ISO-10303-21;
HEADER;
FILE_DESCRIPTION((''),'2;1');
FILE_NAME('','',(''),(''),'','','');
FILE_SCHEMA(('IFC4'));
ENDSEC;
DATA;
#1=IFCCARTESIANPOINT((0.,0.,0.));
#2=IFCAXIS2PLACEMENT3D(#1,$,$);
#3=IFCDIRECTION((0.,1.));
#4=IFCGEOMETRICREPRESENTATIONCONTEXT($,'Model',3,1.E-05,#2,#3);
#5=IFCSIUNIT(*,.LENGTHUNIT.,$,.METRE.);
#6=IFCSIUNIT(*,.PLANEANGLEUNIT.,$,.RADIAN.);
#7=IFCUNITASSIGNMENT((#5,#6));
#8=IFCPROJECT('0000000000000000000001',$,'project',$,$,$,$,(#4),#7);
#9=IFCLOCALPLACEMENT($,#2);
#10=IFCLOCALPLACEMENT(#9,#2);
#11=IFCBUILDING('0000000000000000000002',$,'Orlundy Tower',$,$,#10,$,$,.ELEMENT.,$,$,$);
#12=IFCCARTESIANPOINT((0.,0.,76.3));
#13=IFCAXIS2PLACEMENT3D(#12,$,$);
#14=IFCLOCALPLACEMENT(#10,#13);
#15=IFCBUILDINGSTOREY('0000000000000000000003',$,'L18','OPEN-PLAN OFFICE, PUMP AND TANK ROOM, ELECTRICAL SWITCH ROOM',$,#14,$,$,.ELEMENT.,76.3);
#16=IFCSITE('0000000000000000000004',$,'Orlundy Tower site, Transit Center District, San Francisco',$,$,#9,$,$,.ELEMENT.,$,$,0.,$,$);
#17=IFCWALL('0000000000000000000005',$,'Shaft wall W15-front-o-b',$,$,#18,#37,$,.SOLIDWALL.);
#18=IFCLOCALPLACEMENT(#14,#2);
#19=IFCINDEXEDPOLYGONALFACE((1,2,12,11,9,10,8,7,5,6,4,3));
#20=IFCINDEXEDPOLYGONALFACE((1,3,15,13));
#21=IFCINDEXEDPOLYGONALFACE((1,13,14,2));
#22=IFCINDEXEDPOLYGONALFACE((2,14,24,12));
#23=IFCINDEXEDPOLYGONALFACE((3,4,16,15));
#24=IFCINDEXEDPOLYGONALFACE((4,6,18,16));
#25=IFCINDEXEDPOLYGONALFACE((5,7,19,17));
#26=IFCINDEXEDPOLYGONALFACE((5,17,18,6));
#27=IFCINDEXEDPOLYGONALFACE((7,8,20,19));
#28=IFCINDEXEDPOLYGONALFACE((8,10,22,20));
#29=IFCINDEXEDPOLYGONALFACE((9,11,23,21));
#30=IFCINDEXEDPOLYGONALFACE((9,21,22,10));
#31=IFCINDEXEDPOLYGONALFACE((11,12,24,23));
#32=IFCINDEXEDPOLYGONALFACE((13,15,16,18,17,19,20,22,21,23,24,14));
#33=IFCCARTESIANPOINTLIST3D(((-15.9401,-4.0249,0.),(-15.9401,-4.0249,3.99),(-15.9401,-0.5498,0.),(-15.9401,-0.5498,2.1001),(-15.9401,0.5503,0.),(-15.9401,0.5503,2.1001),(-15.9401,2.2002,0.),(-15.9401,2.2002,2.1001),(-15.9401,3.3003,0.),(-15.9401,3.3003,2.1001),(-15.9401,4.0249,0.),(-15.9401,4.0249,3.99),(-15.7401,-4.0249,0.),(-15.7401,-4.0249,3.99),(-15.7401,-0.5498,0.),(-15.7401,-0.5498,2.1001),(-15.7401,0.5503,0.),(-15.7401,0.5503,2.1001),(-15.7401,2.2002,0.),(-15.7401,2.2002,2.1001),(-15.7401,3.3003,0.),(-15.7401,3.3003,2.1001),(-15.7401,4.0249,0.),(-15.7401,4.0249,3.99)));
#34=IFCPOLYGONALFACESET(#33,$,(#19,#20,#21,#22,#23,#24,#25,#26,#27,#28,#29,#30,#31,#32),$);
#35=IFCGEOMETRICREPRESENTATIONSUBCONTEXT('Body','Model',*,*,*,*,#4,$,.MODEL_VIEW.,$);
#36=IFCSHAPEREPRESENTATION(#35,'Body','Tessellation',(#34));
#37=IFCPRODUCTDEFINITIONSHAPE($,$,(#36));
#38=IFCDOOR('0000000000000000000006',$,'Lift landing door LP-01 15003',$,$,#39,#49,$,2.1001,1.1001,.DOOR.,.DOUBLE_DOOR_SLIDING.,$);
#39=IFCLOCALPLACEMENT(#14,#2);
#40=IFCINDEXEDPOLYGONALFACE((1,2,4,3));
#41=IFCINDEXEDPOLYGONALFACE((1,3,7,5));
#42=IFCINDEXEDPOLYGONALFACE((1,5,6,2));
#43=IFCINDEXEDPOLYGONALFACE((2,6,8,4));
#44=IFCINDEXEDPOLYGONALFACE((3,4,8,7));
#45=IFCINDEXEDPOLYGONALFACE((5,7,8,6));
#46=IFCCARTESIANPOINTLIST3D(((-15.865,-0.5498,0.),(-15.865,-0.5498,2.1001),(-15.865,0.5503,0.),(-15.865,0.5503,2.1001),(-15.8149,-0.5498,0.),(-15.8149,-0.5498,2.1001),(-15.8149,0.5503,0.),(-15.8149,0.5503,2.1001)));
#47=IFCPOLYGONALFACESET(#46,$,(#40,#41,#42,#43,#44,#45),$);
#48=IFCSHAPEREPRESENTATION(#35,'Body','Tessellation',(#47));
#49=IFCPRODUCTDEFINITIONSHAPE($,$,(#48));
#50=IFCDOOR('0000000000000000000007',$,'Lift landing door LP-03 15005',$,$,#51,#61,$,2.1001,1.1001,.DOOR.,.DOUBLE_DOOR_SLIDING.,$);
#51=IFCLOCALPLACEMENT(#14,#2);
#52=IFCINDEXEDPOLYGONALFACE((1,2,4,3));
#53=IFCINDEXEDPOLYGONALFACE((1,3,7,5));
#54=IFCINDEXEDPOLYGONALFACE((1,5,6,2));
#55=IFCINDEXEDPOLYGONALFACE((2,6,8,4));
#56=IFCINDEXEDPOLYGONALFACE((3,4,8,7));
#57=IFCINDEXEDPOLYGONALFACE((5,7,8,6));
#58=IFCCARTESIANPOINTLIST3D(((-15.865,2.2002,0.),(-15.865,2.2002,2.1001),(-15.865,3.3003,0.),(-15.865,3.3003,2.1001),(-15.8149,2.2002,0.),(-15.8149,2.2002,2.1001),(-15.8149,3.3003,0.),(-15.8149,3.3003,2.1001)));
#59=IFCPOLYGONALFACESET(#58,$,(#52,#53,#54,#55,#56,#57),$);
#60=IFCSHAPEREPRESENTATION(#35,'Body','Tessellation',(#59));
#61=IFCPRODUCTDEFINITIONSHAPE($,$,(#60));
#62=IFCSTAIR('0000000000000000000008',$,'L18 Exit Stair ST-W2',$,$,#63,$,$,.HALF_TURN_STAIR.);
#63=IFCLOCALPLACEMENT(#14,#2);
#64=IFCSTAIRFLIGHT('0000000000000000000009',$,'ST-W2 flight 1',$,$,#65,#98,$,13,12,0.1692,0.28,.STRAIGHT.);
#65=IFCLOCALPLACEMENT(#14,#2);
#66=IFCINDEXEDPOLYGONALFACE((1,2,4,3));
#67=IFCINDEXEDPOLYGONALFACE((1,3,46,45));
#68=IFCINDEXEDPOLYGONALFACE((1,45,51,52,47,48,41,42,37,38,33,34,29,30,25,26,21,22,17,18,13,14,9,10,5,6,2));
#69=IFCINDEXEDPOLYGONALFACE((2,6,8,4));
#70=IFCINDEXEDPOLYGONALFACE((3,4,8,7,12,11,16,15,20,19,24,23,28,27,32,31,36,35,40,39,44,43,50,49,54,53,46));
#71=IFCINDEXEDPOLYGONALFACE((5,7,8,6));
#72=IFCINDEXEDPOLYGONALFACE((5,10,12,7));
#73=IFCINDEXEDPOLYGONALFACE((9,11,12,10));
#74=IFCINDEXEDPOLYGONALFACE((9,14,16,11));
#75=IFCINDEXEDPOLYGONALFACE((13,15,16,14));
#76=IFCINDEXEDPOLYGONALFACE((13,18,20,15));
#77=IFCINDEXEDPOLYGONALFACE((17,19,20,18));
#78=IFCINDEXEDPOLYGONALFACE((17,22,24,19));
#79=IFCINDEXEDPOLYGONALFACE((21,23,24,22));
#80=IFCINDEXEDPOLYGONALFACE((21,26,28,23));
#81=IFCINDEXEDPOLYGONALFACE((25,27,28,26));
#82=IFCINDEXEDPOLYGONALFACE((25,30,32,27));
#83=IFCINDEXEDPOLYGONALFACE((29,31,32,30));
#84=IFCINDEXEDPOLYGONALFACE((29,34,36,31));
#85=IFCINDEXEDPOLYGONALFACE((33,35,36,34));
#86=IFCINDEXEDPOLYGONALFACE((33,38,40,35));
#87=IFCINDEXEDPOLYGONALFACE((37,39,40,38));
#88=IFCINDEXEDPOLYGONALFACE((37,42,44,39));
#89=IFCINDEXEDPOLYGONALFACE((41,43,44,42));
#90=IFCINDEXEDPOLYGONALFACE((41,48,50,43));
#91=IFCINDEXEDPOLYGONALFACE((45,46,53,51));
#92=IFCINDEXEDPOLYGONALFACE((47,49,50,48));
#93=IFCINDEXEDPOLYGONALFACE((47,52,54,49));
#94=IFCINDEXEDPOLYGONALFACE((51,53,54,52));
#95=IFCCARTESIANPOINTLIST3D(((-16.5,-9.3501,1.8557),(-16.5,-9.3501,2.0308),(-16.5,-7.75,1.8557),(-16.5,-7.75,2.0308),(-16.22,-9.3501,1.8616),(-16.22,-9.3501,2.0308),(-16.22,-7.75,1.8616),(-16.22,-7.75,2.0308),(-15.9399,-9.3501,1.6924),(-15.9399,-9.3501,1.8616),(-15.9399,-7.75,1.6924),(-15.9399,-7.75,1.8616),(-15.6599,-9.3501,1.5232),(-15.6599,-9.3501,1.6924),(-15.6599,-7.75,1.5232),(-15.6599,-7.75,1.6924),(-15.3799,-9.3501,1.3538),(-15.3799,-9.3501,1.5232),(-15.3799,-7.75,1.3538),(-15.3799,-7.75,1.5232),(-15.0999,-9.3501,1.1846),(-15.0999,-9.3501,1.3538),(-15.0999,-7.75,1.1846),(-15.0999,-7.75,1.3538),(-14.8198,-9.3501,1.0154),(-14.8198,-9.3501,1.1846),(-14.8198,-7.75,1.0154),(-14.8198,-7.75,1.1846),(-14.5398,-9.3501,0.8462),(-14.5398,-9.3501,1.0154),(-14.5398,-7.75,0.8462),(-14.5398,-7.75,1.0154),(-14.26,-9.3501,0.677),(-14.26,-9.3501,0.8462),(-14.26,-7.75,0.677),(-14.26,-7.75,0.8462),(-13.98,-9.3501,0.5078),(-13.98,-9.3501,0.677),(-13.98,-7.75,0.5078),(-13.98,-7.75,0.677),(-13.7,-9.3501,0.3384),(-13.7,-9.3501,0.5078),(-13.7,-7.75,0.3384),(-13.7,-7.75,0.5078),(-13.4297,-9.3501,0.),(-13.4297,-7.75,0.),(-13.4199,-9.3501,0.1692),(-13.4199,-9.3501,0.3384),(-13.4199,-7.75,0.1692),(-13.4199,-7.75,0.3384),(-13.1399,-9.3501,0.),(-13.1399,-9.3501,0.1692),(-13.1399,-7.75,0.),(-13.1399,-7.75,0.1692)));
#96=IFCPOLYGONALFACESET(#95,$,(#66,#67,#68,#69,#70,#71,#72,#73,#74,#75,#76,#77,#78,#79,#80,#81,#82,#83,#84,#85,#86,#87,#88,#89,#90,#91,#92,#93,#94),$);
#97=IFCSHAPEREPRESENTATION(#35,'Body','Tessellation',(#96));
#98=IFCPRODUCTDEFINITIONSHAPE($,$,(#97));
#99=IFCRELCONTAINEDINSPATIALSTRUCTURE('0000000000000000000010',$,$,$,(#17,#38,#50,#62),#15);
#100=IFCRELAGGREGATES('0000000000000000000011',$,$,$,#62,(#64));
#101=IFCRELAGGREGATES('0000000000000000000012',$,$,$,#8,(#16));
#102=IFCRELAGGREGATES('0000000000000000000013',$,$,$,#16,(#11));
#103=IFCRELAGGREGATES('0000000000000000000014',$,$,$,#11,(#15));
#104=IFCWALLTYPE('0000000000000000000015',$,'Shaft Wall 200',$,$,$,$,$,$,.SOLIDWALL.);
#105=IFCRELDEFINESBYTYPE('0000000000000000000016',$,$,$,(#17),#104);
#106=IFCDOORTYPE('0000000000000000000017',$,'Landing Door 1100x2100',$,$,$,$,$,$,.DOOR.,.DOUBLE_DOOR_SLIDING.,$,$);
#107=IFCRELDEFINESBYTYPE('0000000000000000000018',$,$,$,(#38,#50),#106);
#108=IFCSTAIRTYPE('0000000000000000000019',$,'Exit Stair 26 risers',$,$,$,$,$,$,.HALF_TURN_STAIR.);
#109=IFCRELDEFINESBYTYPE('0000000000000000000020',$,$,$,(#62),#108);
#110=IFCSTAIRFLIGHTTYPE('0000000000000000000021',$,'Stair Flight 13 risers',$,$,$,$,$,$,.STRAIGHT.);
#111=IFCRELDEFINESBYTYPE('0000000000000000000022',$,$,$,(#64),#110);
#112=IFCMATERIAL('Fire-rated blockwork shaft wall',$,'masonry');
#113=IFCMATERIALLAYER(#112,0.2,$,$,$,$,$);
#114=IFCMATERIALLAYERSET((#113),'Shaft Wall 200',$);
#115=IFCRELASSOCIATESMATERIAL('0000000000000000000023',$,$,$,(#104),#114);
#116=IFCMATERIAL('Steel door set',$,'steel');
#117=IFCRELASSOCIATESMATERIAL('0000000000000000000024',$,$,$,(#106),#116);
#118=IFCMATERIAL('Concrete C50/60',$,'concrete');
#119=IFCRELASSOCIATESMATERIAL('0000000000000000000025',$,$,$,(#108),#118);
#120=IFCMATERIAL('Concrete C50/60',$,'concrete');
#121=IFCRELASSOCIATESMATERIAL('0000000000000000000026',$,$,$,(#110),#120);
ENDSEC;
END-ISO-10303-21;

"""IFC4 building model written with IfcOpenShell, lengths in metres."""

from ifc_helpers import new_model, si_unit, direction, frame, frame_2d, origin, place, context, subcontext, project, spatial, polyline, rectangle, outline, extrude, material, layer, layer_set, type_object, element, fill, aggregate, save


model = new_model("IFC4")

# Units and contexts
model_context = context("Model", 3, precision=1e-05, world=origin(), true_north=direction((0.0, 1.0)))
body_context = subcontext(model_context, "Body", "Model", "MODEL_VIEW")
ifc_project = project(units=[si_unit("LENGTHUNIT", "METRE"), si_unit("PLANEANGLEUNIT", "RADIAN")], contexts=[model_context])

# Site, building, storey
site_placement = place(None, origin())
site = spatial("IfcSite", under=ifc_project, at=site_placement, Name="Orlundy Tower site, Transit Center District, San Francisco", CompositionType="ELEMENT", RefElevation=0.0)
building_placement = place(site_placement, origin())
building = spatial("IfcBuilding", under=site, at=building_placement, Name="Orlundy Tower", CompositionType="ELEMENT")
storey_placement = place(building_placement, frame((0.0, 0.0, 76.3)))
storey = spatial("IfcBuildingStorey", under=building, at=storey_placement, Name="L18", Description="OPEN-PLAN OFFICE, PUMP AND TANK ROOM, ELECTRICAL SWITCH ROOM", CompositionType="ELEMENT", Elevation=76.3)

# Shared definitions
ifc_material_1 = material(Name="Fire-rated blockwork shaft wall", Category="masonry")
ifc_layer_1 = layer(ifc_material_1, 0.2)
ifc_layer_set_1 = layer_set([ifc_layer_1], Name="Shaft Wall 200")
wall_type_1 = type_object("IfcWallType", Name="Shaft Wall 200", PredefinedType="SOLIDWALL", material=ifc_layer_set_1)

# Shared definitions
ifc_material_2 = material(Name="Steel door set", Category="steel")
door_type_1 = type_object("IfcDoorType", Name="Landing Door 1100x2100", OperationType="DOUBLE_DOOR_SLIDING", PredefinedType="DOOR", material=ifc_material_2)

# Wall, openings, doors
wall_1_placement = place(storey_placement, frame((-15.8401, -4.0249, 0.0), z_axis=(0.0, 0.0, 1.0), x_axis=(0.0, 1.0, 0.0)))
wall_1 = element("IfcWall", 1, at=wall_1_placement, inside=storey, type_object=wall_type_1, Name="Shaft wall W15-front-o-b", PredefinedType="SOLIDWALL", context=body_context, shape_type="SweptSolid", body=[
    extrude(rectangle(XDim=8.0498, YDim=0.2, at=frame_2d((4.0249, 0.0))), origin(), (0.0, 0.0, 1.0), 3.99),
])
opening_1_placement = place(wall_1_placement, frame((3.4751, 0.0, 0.0)))
opening_1 = element("IfcOpeningElement", 2, at=opening_1_placement, cuts=wall_1, PredefinedType="OPENING", context=body_context, shape_type="SweptSolid", body=[
    extrude(rectangle(XDim=1.1001, YDim=2.1001, at=frame_2d((0.55, 1.05))), frame((0.0, 0.1101, 0.0), z_axis=(0.0, -1.0, 0.0), x_axis=(1.0, 0.0, 0.0)), (0.0, 0.0, 1.0), 0.2202),
])
opening_2_placement = place(wall_1_placement, frame((6.2251, 0.0, 0.0)))
opening_2 = element("IfcOpeningElement", 3, at=opening_2_placement, cuts=wall_1, PredefinedType="OPENING", context=body_context, shape_type="SweptSolid", body=[
    extrude(rectangle(XDim=1.1001, YDim=2.1001, at=frame_2d((0.55, 1.05))), frame((0.0, 0.1101, 0.0), z_axis=(0.0, -1.0, 0.0), x_axis=(1.0, 0.0, 0.0)), (0.0, 0.0, 1.0), 0.2202),
])
door_1_placement = place(opening_1_placement, origin())
door_1 = element("IfcDoor", 4, at=door_1_placement, inside=storey, type_object=door_type_1, Name="Lift landing door LP-01 15003", OperationType="DOUBLE_DOOR_SLIDING", OverallHeight=2.1001, OverallWidth=1.1001, PredefinedType="DOOR", context=body_context, shape_type="SweptSolid", body=[
    extrude(rectangle(XDim=1.1001, YDim=2.1001, at=frame_2d((0.55, 1.05))), frame((0.0, 0.0249, 0.0), z_axis=(0.0, -1.0, 0.0), x_axis=(1.0, 0.0, 0.0)), (0.0, 0.0, 1.0), 0.05),
])
fill(opening_1, door_1)
door_2_placement = place(opening_2_placement, origin())
door_2 = element("IfcDoor", 5, at=door_2_placement, inside=storey, type_object=door_type_1, Name="Lift landing door LP-03 15005", OperationType="DOUBLE_DOOR_SLIDING", OverallHeight=2.1001, OverallWidth=1.1001, PredefinedType="DOOR", context=body_context, shape_type="SweptSolid", body=[
    extrude(rectangle(XDim=1.1001, YDim=2.1001, at=frame_2d((0.55, 1.05))), frame((0.0, 0.0249, 0.0), z_axis=(0.0, -1.0, 0.0), x_axis=(1.0, 0.0, 0.0)), (0.0, 0.0, 1.0), 0.05),
])
fill(opening_2, door_2)

# Stair, stair flight
ifc_material_3 = material(Name="Concrete C50/60", Category="concrete")
stair_type = type_object("IfcStairType", Name="Exit Stair 26 risers", PredefinedType="HALF_TURN_STAIR", material=ifc_material_3)
stair_placement = place(storey_placement, origin())
stair = element("IfcStair", 6, at=stair_placement, inside=storey, type_object=stair_type, Name="L18 Exit Stair ST-W2", PredefinedType="HALF_TURN_STAIR")
ifc_material_4 = material(Name="Concrete C50/60", Category="concrete")
stair_flight_type = type_object("IfcStairFlightType", Name="Stair Flight 13 risers", PredefinedType="STRAIGHT", material=ifc_material_4)
stair_flight_placement = place(storey_placement, frame((-13.1399, -8.55, 0.0), z_axis=(0.0, 0.0, 1.0), x_axis=(-1.0, 0.0, 0.0)))
stair_flight = element("IfcStairFlight", 7, at=stair_flight_placement, type_object=stair_flight_type, Name="ST-W2 flight 1", NumberOfRisers=13, NumberOfTreads=12, PredefinedType="STRAIGHT", RiserHeight=0.1692, TreadLength=0.28, context=body_context, shape_type="SweptSolid", body=[
    extrude(outline(polyline([(0.0, 0.0), (0.0, 0.1692), (0.28, 0.1692), (0.28, 0.3384), (0.5601, 0.3384), (0.5601, 0.5078), (0.8401, 0.5078), (0.8401, 0.677), (1.1201, 0.677), (1.1201, 0.8462), (1.3999, 0.8462), (1.3999, 1.0154), (1.6799, 1.0154), (1.6799, 1.1846), (1.96, 1.1846), (1.96, 1.3538), (2.24, 1.3538), (2.24, 1.5232), (2.52, 1.5232), (2.52, 1.6924), (2.8, 1.6924), (2.8, 1.8616), (3.0801, 1.8616), (3.0801, 2.0308), (3.3601, 2.0308), (3.3601, 2.2), (3.3601, 1.8557), (0.2898, 0.0), (0.0, 0.0)])), frame((0.0, 0.8, 0.0), z_axis=(0.0, -1.0, 0.0), x_axis=(1.0, 0.0, 0.0)), (0.0, 0.0, 1.0), 1.6001),
])
aggregate(stair, [stair_flight])

save(model, "model.ifc")
